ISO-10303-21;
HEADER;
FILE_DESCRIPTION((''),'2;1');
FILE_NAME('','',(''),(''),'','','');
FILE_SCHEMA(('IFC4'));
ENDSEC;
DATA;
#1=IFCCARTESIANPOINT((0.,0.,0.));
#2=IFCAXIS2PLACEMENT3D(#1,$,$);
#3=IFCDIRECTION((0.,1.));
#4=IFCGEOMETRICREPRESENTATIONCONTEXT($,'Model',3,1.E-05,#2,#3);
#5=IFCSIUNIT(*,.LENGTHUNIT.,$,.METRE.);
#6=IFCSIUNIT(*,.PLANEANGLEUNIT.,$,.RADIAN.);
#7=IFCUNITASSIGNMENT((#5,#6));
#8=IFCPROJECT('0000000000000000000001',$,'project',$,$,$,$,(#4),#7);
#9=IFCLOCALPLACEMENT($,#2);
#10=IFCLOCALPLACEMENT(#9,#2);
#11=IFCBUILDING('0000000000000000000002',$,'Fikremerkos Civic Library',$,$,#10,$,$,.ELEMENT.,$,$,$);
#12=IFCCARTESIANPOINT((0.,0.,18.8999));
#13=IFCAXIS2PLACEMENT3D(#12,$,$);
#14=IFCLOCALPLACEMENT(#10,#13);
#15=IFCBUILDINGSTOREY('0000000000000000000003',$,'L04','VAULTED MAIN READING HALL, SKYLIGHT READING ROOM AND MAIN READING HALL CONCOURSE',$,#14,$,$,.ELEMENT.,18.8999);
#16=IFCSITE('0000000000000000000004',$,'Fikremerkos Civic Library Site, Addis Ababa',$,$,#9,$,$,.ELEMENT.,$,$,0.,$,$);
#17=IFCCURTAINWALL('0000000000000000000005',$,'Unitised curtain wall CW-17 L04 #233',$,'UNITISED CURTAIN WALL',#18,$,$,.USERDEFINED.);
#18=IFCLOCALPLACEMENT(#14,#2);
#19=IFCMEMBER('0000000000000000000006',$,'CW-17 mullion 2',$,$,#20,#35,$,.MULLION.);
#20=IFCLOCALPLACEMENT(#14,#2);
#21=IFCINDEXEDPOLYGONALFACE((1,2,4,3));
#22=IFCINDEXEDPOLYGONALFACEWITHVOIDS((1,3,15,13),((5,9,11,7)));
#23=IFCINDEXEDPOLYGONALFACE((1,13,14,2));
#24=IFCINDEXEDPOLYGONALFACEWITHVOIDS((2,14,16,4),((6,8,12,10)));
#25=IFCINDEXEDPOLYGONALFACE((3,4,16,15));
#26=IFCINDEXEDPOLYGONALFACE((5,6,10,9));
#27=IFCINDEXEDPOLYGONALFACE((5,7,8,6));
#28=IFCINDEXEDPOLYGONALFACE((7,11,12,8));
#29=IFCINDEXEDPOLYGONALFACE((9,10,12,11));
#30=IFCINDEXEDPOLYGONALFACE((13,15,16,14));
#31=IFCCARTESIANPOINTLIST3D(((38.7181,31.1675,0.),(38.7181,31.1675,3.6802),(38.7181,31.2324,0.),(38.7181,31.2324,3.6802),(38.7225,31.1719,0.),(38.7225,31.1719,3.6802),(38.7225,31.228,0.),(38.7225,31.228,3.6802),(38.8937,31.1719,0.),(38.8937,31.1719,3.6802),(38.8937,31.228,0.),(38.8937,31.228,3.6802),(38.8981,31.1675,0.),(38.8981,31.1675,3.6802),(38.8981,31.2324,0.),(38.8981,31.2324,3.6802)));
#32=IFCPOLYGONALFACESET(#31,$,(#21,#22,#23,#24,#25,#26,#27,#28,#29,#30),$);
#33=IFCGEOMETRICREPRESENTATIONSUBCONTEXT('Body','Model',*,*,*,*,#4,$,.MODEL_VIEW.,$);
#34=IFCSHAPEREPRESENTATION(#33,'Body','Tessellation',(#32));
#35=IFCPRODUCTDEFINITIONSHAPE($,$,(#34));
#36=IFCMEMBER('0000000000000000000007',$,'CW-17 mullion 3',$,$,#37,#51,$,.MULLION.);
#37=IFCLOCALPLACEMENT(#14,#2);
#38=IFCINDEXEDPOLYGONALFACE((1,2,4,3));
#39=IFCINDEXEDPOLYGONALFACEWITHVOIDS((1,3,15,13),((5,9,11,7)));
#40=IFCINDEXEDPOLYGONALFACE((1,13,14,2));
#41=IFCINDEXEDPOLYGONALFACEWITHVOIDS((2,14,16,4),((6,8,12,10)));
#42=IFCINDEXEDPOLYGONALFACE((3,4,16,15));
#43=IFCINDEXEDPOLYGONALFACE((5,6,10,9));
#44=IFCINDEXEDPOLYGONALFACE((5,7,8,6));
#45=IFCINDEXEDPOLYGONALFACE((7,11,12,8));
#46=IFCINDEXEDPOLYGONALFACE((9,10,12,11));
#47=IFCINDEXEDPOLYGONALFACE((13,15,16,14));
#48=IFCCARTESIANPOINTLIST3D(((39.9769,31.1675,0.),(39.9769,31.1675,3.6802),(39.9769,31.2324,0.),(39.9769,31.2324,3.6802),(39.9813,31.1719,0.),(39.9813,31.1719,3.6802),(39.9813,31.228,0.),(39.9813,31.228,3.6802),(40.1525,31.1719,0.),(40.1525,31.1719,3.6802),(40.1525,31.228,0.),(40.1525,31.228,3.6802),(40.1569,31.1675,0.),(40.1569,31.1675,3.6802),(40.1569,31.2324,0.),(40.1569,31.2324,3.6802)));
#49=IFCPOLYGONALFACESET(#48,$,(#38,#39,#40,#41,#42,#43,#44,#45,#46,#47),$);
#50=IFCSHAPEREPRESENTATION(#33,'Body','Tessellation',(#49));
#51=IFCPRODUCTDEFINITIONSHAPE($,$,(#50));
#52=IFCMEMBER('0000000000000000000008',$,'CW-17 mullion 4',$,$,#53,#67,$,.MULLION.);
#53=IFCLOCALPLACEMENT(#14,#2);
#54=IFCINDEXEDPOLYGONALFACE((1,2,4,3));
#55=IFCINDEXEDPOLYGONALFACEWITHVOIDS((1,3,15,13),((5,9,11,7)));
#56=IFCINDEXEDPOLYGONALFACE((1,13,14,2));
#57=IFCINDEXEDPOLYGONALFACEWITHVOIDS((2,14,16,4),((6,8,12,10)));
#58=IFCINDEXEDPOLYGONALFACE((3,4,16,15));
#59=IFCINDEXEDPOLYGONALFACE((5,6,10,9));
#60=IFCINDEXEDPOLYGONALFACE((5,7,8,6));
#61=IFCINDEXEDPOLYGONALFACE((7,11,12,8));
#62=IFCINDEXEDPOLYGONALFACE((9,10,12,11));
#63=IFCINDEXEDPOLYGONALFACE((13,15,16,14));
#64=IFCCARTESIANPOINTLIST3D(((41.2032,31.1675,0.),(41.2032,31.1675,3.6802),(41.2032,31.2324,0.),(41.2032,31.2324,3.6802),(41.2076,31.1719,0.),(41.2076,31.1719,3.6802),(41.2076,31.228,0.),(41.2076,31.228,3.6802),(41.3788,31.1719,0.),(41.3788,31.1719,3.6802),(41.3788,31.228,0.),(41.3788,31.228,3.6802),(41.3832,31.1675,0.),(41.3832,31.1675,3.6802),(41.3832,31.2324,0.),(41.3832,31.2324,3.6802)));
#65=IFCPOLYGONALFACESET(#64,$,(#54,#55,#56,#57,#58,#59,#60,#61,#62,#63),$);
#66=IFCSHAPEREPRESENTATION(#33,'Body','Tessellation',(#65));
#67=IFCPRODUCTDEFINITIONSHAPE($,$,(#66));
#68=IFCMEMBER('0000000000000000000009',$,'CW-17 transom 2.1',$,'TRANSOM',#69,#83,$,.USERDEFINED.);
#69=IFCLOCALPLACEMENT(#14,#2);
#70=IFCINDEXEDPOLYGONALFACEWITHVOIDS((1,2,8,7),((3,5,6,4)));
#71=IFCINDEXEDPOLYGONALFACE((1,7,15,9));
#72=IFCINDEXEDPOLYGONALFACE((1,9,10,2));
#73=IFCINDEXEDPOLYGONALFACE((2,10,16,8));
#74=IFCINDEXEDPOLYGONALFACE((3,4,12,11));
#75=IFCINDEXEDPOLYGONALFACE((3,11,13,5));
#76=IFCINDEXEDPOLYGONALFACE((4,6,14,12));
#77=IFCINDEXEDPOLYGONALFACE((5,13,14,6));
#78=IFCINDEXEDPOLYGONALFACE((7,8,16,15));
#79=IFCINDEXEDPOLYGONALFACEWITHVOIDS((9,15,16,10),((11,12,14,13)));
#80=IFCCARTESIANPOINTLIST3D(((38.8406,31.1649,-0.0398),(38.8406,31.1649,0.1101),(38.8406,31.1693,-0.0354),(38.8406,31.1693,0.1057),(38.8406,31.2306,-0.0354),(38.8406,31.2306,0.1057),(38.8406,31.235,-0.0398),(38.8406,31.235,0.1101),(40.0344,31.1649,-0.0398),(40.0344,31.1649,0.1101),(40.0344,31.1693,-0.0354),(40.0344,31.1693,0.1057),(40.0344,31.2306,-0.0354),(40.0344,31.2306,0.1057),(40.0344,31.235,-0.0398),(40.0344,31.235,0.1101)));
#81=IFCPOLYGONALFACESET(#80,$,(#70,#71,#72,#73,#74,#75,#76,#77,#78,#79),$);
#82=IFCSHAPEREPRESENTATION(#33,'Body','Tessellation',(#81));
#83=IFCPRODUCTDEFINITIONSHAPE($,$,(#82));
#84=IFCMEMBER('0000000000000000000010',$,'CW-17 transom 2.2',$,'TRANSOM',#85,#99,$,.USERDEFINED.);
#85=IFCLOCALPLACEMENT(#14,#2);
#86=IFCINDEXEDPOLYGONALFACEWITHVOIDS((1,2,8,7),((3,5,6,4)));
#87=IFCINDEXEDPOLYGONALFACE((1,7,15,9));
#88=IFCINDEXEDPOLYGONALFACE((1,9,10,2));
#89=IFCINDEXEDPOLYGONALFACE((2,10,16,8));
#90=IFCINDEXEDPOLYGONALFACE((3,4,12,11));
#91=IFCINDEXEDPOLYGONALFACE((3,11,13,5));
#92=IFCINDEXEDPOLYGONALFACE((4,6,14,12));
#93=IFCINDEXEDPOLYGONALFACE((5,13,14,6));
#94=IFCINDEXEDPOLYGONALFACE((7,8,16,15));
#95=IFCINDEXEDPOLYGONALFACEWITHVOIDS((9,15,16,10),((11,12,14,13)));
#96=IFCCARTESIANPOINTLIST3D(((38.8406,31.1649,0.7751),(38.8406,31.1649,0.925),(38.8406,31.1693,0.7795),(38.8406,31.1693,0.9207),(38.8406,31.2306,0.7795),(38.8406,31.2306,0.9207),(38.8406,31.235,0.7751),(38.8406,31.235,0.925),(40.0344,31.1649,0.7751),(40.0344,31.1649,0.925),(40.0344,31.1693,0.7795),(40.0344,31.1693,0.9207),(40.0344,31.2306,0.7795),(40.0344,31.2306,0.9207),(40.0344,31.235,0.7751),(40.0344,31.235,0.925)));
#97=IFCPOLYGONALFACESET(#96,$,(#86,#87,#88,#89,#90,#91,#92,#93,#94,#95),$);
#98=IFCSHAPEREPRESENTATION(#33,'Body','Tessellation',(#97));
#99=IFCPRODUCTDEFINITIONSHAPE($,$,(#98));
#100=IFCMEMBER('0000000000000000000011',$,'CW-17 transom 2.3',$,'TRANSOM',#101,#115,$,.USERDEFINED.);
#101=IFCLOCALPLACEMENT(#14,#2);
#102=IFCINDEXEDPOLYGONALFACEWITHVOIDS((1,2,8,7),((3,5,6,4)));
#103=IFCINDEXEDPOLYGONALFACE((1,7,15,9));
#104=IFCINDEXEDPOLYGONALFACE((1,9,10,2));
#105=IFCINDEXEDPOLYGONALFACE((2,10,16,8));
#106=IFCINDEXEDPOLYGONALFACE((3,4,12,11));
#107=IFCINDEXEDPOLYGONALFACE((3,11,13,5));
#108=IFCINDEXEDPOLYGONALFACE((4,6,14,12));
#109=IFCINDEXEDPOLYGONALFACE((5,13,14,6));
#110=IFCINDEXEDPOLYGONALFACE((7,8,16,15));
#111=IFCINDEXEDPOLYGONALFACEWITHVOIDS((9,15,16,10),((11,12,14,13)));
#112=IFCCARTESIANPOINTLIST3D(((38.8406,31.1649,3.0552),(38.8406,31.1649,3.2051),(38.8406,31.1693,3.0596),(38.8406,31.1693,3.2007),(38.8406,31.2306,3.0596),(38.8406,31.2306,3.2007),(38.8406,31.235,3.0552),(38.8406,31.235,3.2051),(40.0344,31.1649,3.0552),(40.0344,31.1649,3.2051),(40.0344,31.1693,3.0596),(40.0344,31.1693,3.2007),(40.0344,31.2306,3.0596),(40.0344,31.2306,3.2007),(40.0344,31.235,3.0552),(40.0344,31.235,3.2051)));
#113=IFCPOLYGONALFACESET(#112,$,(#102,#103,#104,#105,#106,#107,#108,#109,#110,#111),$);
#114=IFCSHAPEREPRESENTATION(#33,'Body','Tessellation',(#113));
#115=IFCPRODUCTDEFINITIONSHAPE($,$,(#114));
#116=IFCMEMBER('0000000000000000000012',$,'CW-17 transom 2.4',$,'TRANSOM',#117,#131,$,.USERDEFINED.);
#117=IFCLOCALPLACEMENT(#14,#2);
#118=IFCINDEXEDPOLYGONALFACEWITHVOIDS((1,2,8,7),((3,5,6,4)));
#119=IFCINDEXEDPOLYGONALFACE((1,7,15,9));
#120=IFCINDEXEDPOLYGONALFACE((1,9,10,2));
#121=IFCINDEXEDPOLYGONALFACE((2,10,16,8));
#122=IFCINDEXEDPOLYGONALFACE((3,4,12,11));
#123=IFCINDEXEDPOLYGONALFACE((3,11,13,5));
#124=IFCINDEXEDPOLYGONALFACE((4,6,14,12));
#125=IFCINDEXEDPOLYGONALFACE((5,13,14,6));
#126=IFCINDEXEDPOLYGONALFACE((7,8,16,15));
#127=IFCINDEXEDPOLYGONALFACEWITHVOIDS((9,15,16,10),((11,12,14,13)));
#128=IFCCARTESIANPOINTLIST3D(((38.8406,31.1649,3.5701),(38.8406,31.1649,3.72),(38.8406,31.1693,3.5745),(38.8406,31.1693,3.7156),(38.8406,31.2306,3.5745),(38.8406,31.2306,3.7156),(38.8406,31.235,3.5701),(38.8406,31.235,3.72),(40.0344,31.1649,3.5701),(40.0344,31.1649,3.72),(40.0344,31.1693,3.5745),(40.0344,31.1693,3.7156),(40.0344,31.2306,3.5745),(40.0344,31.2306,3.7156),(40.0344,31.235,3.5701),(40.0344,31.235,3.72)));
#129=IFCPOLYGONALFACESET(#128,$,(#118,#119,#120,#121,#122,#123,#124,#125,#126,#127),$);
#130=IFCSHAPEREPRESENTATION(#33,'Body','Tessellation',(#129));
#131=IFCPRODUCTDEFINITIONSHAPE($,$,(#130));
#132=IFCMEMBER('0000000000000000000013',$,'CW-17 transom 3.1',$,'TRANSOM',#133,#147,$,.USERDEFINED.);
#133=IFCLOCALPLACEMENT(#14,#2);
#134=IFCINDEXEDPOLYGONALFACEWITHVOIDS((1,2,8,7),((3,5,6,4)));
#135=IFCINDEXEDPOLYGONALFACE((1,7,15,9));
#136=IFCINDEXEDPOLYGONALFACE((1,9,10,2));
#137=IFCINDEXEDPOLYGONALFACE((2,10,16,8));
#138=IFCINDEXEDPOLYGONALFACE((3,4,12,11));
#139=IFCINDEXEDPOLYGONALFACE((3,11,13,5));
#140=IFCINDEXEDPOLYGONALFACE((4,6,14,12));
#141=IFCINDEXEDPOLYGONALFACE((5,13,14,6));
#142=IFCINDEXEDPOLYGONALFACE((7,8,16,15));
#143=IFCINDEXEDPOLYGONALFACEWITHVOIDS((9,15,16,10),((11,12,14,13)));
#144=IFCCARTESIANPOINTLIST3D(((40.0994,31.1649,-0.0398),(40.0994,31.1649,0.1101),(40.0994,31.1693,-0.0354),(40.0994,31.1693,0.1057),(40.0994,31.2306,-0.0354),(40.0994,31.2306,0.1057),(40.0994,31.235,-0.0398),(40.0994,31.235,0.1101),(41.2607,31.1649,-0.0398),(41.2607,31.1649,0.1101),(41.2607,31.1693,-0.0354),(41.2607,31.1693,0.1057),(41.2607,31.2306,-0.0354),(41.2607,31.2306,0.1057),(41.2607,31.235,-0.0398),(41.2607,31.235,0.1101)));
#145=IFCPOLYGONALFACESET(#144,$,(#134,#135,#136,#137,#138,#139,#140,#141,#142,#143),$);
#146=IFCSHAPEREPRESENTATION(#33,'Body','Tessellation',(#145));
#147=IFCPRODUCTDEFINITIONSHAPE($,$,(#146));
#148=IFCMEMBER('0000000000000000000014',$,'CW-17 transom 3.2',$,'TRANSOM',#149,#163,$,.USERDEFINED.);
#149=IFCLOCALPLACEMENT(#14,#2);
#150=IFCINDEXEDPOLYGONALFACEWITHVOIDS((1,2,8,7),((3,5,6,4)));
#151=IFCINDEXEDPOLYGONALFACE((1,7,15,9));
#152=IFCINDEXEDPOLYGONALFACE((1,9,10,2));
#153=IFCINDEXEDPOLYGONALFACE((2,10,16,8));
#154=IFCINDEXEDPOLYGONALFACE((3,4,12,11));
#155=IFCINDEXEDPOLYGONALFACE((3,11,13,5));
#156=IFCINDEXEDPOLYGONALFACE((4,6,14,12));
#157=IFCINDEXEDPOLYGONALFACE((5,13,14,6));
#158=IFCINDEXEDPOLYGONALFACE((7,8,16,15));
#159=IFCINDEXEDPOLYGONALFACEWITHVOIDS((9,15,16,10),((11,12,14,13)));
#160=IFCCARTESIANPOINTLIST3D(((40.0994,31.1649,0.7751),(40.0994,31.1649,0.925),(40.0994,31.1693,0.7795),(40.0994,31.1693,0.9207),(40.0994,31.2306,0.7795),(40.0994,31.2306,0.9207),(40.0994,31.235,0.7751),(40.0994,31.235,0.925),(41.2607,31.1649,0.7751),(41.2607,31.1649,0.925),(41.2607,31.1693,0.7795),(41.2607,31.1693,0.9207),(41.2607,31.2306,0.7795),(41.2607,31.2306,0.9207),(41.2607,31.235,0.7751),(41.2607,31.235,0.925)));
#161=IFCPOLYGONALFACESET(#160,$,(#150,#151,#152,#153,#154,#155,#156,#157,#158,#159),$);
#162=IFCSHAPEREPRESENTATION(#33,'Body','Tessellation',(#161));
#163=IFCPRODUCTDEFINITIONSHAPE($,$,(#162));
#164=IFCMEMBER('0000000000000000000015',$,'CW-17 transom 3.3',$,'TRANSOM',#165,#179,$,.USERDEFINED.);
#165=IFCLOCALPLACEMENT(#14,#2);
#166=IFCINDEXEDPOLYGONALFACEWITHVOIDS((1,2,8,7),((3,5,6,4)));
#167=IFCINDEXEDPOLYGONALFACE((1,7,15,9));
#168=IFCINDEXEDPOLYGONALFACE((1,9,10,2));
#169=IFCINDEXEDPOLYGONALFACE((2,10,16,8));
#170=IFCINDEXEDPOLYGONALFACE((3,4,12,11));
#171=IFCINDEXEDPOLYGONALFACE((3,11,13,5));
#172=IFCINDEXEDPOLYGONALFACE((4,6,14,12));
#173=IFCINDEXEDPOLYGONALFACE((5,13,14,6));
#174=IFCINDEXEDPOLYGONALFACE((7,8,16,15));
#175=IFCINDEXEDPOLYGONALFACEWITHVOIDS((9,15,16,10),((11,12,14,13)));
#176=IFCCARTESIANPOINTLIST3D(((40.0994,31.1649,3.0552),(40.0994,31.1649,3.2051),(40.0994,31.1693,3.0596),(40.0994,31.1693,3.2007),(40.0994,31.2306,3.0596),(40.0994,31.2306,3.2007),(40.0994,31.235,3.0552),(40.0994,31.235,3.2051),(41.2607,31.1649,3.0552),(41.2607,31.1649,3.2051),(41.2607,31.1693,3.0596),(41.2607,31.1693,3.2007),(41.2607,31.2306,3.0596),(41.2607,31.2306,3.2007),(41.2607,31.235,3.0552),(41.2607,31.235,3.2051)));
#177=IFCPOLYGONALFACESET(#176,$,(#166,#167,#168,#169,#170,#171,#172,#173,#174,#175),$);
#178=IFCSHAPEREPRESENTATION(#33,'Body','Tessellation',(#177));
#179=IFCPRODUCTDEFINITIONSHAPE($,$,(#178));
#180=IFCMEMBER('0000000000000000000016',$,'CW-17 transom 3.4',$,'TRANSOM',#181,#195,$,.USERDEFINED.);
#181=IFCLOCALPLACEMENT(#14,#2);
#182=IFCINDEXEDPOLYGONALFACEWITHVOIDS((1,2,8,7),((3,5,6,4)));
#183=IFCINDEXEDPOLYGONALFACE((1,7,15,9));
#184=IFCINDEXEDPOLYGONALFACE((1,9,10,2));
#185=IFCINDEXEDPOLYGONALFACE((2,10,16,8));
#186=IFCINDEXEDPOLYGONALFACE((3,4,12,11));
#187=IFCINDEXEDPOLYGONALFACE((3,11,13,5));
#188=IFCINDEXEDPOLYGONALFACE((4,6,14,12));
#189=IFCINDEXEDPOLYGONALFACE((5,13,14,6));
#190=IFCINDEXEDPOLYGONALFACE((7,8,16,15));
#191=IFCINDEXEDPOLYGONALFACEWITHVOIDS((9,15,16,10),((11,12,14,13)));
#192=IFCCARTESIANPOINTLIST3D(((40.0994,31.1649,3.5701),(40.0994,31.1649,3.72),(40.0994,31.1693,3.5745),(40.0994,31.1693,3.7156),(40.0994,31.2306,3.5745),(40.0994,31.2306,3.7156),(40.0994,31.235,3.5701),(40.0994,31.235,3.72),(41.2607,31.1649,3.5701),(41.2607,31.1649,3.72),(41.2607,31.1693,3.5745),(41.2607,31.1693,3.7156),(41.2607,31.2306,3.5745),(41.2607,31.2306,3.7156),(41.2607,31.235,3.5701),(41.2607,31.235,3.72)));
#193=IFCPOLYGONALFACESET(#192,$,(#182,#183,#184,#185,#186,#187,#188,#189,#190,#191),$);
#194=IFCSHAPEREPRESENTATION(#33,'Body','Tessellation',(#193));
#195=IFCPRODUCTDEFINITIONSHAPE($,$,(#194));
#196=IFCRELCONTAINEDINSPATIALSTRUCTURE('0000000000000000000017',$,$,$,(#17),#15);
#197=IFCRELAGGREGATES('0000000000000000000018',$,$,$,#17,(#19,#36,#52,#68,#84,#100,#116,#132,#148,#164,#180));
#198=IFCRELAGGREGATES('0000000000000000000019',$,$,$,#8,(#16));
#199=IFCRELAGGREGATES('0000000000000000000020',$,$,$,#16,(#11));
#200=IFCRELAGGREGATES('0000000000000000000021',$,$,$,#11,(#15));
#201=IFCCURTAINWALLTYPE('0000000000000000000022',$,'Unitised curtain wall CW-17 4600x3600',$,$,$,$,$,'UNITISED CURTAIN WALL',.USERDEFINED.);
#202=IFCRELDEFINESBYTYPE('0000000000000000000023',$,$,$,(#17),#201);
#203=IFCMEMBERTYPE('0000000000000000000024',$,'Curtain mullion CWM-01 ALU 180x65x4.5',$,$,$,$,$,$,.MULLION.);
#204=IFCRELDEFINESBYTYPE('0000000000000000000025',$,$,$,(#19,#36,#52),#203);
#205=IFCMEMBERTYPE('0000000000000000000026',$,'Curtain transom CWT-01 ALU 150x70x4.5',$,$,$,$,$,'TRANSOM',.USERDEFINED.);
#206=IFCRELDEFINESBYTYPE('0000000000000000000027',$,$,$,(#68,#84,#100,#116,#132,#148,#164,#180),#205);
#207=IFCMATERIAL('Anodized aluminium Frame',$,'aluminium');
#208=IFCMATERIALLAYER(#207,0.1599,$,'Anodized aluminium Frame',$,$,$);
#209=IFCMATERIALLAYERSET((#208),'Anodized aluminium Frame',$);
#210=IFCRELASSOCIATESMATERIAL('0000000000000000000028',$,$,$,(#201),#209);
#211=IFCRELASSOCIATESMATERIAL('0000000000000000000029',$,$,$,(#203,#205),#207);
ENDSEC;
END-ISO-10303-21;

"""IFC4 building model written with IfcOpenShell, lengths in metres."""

from ifc_helpers import new_model, si_unit, direction, frame, origin, origin_2d, place, context, subcontext, project, spatial, hollow_rectangle, extrude, material, layer, layer_set, material_profile, profile_set, type_object, element, aggregate, save


model = new_model("IFC4")

# Units and contexts
model_context = context("Model", 3, precision=1e-05, world=origin(), true_north=direction((0.0, 1.0)))
body_context = subcontext(model_context, "Body", "Model", "MODEL_VIEW")
ifc_project = project(units=[si_unit("LENGTHUNIT", "METRE"), si_unit("PLANEANGLEUNIT", "RADIAN")], contexts=[model_context])

# Site, building, storey
site_placement = place(None, origin())
site = spatial("IfcSite", under=ifc_project, at=site_placement, Name="Fikremerkos Civic Library Site, Addis Ababa", CompositionType="ELEMENT", RefElevation=0.0)
building_placement = place(site_placement, origin())
building = spatial("IfcBuilding", under=site, at=building_placement, Name="Fikremerkos Civic Library", CompositionType="ELEMENT")
storey_placement = place(building_placement, frame((0.0, 0.0, 18.8999)))
storey = spatial("IfcBuildingStorey", under=building, at=storey_placement, Name="L04", Description="VAULTED MAIN READING HALL, SKYLIGHT READING ROOM AND MAIN READING HALL CONCOURSE", CompositionType="ELEMENT", Elevation=18.8999)

# Curtain wall, members
ifc_material_1 = material(Name="Anodized aluminium Frame", Category="aluminium")
ifc_layer_1 = layer(ifc_material_1, 0.1599, Name="Anodized aluminium Frame")
ifc_layer_set_1 = layer_set([ifc_layer_1], Name="Anodized aluminium Frame")
curtain_wall_type = type_object("IfcCurtainWallType", Name="Unitised curtain wall CW-17 4600x3600", ElementType="UNITISED CURTAIN WALL", PredefinedType="USERDEFINED", material=ifc_layer_set_1)
curtain_wall_placement = place(storey_placement, origin())
curtain_wall = element("IfcCurtainWall", 1, at=curtain_wall_placement, inside=storey, type_object=curtain_wall_type, Name="Unitised curtain wall CW-17 L04 #233", ObjectType="UNITISED CURTAIN WALL", PredefinedType="USERDEFINED")
ifc_material_profile_1 = material_profile(ifc_material_1, hollow_rectangle(XDim=0.0649, YDim=0.1799, WallThickness=0.0044, at=origin_2d()), Name="ALU 180x65x4.5")
ifc_profile_set_1 = profile_set([ifc_material_profile_1], Name="Anodized aluminium Frame")
member_type_1 = type_object("IfcMemberType", Name="Curtain mullion CWM-01 ALU 180x65x4.5", PredefinedType="MULLION", material=ifc_profile_set_1)
member_1_placement = place(storey_placement, frame((38.8081, 31.2, 0.0), z_axis=(0.0, 0.0, 1.0), x_axis=(0.0, 1.0, 0.0)))
member_1 = element("IfcMember", 2, at=member_1_placement, type_object=member_type_1, Name="CW-17 mullion 2", PredefinedType="MULLION", context=body_context, shape_type="SweptSolid", body=[
    extrude(hollow_rectangle(XDim=0.0649, YDim=0.1799, WallThickness=0.0044, at=origin_2d()), origin(), (0.0, 0.0, 1.0), 3.6802),
])
member_2_placement = place(storey_placement, frame((40.0669, 31.2, 0.0), z_axis=(0.0, 0.0, 1.0), x_axis=(0.0, 1.0, 0.0)))
member_2 = element("IfcMember", 3, at=member_2_placement, type_object=member_type_1, Name="CW-17 mullion 3", PredefinedType="MULLION", context=body_context, shape_type="SweptSolid", body=[
    extrude(hollow_rectangle(XDim=0.0649, YDim=0.1799, WallThickness=0.0044, at=origin_2d()), origin(), (0.0, 0.0, 1.0), 3.6802),
])
member_3_placement = place(storey_placement, frame((41.2932, 31.2, 0.0), z_axis=(0.0, 0.0, 1.0), x_axis=(0.0, 1.0, 0.0)))
member_3 = element("IfcMember", 4, at=member_3_placement, type_object=member_type_1, Name="CW-17 mullion 4", PredefinedType="MULLION", context=body_context, shape_type="SweptSolid", body=[
    extrude(hollow_rectangle(XDim=0.0649, YDim=0.1799, WallThickness=0.0044, at=origin_2d()), origin(), (0.0, 0.0, 1.0), 3.6802),
])
ifc_material_profile_2 = material_profile(ifc_material_1, hollow_rectangle(XDim=0.0701, YDim=0.1499, WallThickness=0.0044, at=origin_2d()), Name="ALU 150x70x4.5")
ifc_profile_set_2 = profile_set([ifc_material_profile_2], Name="Anodized aluminium Frame")
member_type_2 = type_object("IfcMemberType", Name="Curtain transom CWT-01 ALU 150x70x4.5", ElementType="TRANSOM", PredefinedType="USERDEFINED", material=ifc_profile_set_2)
member_4_placement = place(storey_placement, frame((38.8406, 31.2, 0.0352), z_axis=(1.0, 0.0, 0.0), x_axis=(0.0, 1.0, 0.0)))
member_4 = element("IfcMember", 5, at=member_4_placement, type_object=member_type_2, Name="CW-17 transom 2.1", ObjectType="TRANSOM", PredefinedType="USERDEFINED", context=body_context, shape_type="SweptSolid", body=[
    extrude(hollow_rectangle(XDim=0.0701, YDim=0.1499, WallThickness=0.0044, at=origin_2d()), origin(), (0.0, 0.0, 1.0), 1.1938),
])
member_5_placement = place(storey_placement, frame((38.8406, 31.2, 0.8501), z_axis=(1.0, 0.0, 0.0), x_axis=(0.0, 1.0, 0.0)))
member_5 = element("IfcMember", 6, at=member_5_placement, type_object=member_type_2, Name="CW-17 transom 2.2", ObjectType="TRANSOM", PredefinedType="USERDEFINED", context=body_context, shape_type="SweptSolid", body=[
    extrude(hollow_rectangle(XDim=0.0701, YDim=0.1499, WallThickness=0.0044, at=origin_2d()), origin(), (0.0, 0.0, 1.0), 1.1938),
])
member_6_placement = place(storey_placement, frame((38.8406, 31.2, 3.1301), z_axis=(1.0, 0.0, 0.0), x_axis=(0.0, 1.0, 0.0)))
member_6 = element("IfcMember", 7, at=member_6_placement, type_object=member_type_2, Name="CW-17 transom 2.3", ObjectType="TRANSOM", PredefinedType="USERDEFINED", context=body_context, shape_type="SweptSolid", body=[
    extrude(hollow_rectangle(XDim=0.0701, YDim=0.1499, WallThickness=0.0044, at=origin_2d()), origin(), (0.0, 0.0, 1.0), 1.1938),
])
member_7_placement = place(storey_placement, frame((38.8406, 31.2, 3.645), z_axis=(1.0, 0.0, 0.0), x_axis=(0.0, 1.0, 0.0)))
member_7 = element("IfcMember", 8, at=member_7_placement, type_object=member_type_2, Name="CW-17 transom 2.4", ObjectType="TRANSOM", PredefinedType="USERDEFINED", context=body_context, shape_type="SweptSolid", body=[
    extrude(hollow_rectangle(XDim=0.0701, YDim=0.1499, WallThickness=0.0044, at=origin_2d()), origin(), (0.0, 0.0, 1.0), 1.1938),
])
member_8_placement = place(storey_placement, frame((40.0994, 31.2, 0.0352), z_axis=(1.0, 0.0, 0.0), x_axis=(0.0, 1.0, 0.0)))
member_8 = element("IfcMember", 9, at=member_8_placement, type_object=member_type_2, Name="CW-17 transom 3.1", ObjectType="TRANSOM", PredefinedType="USERDEFINED", context=body_context, shape_type="SweptSolid", body=[
    extrude(hollow_rectangle(XDim=0.0701, YDim=0.1499, WallThickness=0.0044, at=origin_2d()), origin(), (0.0, 0.0, 1.0), 1.1614),
])
member_9_placement = place(storey_placement, frame((40.0994, 31.2, 0.8501), z_axis=(1.0, 0.0, 0.0), x_axis=(0.0, 1.0, 0.0)))
member_9 = element("IfcMember", 10, at=member_9_placement, type_object=member_type_2, Name="CW-17 transom 3.2", ObjectType="TRANSOM", PredefinedType="USERDEFINED", context=body_context, shape_type="SweptSolid", body=[
    extrude(hollow_rectangle(XDim=0.0701, YDim=0.1499, WallThickness=0.0044, at=origin_2d()), origin(), (0.0, 0.0, 1.0), 1.1614),
])
member_10_placement = place(storey_placement, frame((40.0994, 31.2, 3.1301), z_axis=(1.0, 0.0, 0.0), x_axis=(0.0, 1.0, 0.0)))
member_10 = element("IfcMember", 11, at=member_10_placement, type_object=member_type_2, Name="CW-17 transom 3.3", ObjectType="TRANSOM", PredefinedType="USERDEFINED", context=body_context, shape_type="SweptSolid", body=[
    extrude(hollow_rectangle(XDim=0.0701, YDim=0.1499, WallThickness=0.0044, at=origin_2d()), origin(), (0.0, 0.0, 1.0), 1.1614),
])
member_11_placement = place(storey_placement, frame((40.0994, 31.2, 3.645), z_axis=(1.0, 0.0, 0.0), x_axis=(0.0, 1.0, 0.0)))
member_11 = element("IfcMember", 12, at=member_11_placement, type_object=member_type_2, Name="CW-17 transom 3.4", ObjectType="TRANSOM", PredefinedType="USERDEFINED", context=body_context, shape_type="SweptSolid", body=[
    extrude(hollow_rectangle(XDim=0.0701, YDim=0.1499, WallThickness=0.0044, at=origin_2d()), origin(), (0.0, 0.0, 1.0), 1.1614),
])
aggregate(curtain_wall, [member_1, member_2, member_3, member_4, member_5, member_6, member_7, member_8, member_9, member_10, member_11])

save(model, "model.ifc")
